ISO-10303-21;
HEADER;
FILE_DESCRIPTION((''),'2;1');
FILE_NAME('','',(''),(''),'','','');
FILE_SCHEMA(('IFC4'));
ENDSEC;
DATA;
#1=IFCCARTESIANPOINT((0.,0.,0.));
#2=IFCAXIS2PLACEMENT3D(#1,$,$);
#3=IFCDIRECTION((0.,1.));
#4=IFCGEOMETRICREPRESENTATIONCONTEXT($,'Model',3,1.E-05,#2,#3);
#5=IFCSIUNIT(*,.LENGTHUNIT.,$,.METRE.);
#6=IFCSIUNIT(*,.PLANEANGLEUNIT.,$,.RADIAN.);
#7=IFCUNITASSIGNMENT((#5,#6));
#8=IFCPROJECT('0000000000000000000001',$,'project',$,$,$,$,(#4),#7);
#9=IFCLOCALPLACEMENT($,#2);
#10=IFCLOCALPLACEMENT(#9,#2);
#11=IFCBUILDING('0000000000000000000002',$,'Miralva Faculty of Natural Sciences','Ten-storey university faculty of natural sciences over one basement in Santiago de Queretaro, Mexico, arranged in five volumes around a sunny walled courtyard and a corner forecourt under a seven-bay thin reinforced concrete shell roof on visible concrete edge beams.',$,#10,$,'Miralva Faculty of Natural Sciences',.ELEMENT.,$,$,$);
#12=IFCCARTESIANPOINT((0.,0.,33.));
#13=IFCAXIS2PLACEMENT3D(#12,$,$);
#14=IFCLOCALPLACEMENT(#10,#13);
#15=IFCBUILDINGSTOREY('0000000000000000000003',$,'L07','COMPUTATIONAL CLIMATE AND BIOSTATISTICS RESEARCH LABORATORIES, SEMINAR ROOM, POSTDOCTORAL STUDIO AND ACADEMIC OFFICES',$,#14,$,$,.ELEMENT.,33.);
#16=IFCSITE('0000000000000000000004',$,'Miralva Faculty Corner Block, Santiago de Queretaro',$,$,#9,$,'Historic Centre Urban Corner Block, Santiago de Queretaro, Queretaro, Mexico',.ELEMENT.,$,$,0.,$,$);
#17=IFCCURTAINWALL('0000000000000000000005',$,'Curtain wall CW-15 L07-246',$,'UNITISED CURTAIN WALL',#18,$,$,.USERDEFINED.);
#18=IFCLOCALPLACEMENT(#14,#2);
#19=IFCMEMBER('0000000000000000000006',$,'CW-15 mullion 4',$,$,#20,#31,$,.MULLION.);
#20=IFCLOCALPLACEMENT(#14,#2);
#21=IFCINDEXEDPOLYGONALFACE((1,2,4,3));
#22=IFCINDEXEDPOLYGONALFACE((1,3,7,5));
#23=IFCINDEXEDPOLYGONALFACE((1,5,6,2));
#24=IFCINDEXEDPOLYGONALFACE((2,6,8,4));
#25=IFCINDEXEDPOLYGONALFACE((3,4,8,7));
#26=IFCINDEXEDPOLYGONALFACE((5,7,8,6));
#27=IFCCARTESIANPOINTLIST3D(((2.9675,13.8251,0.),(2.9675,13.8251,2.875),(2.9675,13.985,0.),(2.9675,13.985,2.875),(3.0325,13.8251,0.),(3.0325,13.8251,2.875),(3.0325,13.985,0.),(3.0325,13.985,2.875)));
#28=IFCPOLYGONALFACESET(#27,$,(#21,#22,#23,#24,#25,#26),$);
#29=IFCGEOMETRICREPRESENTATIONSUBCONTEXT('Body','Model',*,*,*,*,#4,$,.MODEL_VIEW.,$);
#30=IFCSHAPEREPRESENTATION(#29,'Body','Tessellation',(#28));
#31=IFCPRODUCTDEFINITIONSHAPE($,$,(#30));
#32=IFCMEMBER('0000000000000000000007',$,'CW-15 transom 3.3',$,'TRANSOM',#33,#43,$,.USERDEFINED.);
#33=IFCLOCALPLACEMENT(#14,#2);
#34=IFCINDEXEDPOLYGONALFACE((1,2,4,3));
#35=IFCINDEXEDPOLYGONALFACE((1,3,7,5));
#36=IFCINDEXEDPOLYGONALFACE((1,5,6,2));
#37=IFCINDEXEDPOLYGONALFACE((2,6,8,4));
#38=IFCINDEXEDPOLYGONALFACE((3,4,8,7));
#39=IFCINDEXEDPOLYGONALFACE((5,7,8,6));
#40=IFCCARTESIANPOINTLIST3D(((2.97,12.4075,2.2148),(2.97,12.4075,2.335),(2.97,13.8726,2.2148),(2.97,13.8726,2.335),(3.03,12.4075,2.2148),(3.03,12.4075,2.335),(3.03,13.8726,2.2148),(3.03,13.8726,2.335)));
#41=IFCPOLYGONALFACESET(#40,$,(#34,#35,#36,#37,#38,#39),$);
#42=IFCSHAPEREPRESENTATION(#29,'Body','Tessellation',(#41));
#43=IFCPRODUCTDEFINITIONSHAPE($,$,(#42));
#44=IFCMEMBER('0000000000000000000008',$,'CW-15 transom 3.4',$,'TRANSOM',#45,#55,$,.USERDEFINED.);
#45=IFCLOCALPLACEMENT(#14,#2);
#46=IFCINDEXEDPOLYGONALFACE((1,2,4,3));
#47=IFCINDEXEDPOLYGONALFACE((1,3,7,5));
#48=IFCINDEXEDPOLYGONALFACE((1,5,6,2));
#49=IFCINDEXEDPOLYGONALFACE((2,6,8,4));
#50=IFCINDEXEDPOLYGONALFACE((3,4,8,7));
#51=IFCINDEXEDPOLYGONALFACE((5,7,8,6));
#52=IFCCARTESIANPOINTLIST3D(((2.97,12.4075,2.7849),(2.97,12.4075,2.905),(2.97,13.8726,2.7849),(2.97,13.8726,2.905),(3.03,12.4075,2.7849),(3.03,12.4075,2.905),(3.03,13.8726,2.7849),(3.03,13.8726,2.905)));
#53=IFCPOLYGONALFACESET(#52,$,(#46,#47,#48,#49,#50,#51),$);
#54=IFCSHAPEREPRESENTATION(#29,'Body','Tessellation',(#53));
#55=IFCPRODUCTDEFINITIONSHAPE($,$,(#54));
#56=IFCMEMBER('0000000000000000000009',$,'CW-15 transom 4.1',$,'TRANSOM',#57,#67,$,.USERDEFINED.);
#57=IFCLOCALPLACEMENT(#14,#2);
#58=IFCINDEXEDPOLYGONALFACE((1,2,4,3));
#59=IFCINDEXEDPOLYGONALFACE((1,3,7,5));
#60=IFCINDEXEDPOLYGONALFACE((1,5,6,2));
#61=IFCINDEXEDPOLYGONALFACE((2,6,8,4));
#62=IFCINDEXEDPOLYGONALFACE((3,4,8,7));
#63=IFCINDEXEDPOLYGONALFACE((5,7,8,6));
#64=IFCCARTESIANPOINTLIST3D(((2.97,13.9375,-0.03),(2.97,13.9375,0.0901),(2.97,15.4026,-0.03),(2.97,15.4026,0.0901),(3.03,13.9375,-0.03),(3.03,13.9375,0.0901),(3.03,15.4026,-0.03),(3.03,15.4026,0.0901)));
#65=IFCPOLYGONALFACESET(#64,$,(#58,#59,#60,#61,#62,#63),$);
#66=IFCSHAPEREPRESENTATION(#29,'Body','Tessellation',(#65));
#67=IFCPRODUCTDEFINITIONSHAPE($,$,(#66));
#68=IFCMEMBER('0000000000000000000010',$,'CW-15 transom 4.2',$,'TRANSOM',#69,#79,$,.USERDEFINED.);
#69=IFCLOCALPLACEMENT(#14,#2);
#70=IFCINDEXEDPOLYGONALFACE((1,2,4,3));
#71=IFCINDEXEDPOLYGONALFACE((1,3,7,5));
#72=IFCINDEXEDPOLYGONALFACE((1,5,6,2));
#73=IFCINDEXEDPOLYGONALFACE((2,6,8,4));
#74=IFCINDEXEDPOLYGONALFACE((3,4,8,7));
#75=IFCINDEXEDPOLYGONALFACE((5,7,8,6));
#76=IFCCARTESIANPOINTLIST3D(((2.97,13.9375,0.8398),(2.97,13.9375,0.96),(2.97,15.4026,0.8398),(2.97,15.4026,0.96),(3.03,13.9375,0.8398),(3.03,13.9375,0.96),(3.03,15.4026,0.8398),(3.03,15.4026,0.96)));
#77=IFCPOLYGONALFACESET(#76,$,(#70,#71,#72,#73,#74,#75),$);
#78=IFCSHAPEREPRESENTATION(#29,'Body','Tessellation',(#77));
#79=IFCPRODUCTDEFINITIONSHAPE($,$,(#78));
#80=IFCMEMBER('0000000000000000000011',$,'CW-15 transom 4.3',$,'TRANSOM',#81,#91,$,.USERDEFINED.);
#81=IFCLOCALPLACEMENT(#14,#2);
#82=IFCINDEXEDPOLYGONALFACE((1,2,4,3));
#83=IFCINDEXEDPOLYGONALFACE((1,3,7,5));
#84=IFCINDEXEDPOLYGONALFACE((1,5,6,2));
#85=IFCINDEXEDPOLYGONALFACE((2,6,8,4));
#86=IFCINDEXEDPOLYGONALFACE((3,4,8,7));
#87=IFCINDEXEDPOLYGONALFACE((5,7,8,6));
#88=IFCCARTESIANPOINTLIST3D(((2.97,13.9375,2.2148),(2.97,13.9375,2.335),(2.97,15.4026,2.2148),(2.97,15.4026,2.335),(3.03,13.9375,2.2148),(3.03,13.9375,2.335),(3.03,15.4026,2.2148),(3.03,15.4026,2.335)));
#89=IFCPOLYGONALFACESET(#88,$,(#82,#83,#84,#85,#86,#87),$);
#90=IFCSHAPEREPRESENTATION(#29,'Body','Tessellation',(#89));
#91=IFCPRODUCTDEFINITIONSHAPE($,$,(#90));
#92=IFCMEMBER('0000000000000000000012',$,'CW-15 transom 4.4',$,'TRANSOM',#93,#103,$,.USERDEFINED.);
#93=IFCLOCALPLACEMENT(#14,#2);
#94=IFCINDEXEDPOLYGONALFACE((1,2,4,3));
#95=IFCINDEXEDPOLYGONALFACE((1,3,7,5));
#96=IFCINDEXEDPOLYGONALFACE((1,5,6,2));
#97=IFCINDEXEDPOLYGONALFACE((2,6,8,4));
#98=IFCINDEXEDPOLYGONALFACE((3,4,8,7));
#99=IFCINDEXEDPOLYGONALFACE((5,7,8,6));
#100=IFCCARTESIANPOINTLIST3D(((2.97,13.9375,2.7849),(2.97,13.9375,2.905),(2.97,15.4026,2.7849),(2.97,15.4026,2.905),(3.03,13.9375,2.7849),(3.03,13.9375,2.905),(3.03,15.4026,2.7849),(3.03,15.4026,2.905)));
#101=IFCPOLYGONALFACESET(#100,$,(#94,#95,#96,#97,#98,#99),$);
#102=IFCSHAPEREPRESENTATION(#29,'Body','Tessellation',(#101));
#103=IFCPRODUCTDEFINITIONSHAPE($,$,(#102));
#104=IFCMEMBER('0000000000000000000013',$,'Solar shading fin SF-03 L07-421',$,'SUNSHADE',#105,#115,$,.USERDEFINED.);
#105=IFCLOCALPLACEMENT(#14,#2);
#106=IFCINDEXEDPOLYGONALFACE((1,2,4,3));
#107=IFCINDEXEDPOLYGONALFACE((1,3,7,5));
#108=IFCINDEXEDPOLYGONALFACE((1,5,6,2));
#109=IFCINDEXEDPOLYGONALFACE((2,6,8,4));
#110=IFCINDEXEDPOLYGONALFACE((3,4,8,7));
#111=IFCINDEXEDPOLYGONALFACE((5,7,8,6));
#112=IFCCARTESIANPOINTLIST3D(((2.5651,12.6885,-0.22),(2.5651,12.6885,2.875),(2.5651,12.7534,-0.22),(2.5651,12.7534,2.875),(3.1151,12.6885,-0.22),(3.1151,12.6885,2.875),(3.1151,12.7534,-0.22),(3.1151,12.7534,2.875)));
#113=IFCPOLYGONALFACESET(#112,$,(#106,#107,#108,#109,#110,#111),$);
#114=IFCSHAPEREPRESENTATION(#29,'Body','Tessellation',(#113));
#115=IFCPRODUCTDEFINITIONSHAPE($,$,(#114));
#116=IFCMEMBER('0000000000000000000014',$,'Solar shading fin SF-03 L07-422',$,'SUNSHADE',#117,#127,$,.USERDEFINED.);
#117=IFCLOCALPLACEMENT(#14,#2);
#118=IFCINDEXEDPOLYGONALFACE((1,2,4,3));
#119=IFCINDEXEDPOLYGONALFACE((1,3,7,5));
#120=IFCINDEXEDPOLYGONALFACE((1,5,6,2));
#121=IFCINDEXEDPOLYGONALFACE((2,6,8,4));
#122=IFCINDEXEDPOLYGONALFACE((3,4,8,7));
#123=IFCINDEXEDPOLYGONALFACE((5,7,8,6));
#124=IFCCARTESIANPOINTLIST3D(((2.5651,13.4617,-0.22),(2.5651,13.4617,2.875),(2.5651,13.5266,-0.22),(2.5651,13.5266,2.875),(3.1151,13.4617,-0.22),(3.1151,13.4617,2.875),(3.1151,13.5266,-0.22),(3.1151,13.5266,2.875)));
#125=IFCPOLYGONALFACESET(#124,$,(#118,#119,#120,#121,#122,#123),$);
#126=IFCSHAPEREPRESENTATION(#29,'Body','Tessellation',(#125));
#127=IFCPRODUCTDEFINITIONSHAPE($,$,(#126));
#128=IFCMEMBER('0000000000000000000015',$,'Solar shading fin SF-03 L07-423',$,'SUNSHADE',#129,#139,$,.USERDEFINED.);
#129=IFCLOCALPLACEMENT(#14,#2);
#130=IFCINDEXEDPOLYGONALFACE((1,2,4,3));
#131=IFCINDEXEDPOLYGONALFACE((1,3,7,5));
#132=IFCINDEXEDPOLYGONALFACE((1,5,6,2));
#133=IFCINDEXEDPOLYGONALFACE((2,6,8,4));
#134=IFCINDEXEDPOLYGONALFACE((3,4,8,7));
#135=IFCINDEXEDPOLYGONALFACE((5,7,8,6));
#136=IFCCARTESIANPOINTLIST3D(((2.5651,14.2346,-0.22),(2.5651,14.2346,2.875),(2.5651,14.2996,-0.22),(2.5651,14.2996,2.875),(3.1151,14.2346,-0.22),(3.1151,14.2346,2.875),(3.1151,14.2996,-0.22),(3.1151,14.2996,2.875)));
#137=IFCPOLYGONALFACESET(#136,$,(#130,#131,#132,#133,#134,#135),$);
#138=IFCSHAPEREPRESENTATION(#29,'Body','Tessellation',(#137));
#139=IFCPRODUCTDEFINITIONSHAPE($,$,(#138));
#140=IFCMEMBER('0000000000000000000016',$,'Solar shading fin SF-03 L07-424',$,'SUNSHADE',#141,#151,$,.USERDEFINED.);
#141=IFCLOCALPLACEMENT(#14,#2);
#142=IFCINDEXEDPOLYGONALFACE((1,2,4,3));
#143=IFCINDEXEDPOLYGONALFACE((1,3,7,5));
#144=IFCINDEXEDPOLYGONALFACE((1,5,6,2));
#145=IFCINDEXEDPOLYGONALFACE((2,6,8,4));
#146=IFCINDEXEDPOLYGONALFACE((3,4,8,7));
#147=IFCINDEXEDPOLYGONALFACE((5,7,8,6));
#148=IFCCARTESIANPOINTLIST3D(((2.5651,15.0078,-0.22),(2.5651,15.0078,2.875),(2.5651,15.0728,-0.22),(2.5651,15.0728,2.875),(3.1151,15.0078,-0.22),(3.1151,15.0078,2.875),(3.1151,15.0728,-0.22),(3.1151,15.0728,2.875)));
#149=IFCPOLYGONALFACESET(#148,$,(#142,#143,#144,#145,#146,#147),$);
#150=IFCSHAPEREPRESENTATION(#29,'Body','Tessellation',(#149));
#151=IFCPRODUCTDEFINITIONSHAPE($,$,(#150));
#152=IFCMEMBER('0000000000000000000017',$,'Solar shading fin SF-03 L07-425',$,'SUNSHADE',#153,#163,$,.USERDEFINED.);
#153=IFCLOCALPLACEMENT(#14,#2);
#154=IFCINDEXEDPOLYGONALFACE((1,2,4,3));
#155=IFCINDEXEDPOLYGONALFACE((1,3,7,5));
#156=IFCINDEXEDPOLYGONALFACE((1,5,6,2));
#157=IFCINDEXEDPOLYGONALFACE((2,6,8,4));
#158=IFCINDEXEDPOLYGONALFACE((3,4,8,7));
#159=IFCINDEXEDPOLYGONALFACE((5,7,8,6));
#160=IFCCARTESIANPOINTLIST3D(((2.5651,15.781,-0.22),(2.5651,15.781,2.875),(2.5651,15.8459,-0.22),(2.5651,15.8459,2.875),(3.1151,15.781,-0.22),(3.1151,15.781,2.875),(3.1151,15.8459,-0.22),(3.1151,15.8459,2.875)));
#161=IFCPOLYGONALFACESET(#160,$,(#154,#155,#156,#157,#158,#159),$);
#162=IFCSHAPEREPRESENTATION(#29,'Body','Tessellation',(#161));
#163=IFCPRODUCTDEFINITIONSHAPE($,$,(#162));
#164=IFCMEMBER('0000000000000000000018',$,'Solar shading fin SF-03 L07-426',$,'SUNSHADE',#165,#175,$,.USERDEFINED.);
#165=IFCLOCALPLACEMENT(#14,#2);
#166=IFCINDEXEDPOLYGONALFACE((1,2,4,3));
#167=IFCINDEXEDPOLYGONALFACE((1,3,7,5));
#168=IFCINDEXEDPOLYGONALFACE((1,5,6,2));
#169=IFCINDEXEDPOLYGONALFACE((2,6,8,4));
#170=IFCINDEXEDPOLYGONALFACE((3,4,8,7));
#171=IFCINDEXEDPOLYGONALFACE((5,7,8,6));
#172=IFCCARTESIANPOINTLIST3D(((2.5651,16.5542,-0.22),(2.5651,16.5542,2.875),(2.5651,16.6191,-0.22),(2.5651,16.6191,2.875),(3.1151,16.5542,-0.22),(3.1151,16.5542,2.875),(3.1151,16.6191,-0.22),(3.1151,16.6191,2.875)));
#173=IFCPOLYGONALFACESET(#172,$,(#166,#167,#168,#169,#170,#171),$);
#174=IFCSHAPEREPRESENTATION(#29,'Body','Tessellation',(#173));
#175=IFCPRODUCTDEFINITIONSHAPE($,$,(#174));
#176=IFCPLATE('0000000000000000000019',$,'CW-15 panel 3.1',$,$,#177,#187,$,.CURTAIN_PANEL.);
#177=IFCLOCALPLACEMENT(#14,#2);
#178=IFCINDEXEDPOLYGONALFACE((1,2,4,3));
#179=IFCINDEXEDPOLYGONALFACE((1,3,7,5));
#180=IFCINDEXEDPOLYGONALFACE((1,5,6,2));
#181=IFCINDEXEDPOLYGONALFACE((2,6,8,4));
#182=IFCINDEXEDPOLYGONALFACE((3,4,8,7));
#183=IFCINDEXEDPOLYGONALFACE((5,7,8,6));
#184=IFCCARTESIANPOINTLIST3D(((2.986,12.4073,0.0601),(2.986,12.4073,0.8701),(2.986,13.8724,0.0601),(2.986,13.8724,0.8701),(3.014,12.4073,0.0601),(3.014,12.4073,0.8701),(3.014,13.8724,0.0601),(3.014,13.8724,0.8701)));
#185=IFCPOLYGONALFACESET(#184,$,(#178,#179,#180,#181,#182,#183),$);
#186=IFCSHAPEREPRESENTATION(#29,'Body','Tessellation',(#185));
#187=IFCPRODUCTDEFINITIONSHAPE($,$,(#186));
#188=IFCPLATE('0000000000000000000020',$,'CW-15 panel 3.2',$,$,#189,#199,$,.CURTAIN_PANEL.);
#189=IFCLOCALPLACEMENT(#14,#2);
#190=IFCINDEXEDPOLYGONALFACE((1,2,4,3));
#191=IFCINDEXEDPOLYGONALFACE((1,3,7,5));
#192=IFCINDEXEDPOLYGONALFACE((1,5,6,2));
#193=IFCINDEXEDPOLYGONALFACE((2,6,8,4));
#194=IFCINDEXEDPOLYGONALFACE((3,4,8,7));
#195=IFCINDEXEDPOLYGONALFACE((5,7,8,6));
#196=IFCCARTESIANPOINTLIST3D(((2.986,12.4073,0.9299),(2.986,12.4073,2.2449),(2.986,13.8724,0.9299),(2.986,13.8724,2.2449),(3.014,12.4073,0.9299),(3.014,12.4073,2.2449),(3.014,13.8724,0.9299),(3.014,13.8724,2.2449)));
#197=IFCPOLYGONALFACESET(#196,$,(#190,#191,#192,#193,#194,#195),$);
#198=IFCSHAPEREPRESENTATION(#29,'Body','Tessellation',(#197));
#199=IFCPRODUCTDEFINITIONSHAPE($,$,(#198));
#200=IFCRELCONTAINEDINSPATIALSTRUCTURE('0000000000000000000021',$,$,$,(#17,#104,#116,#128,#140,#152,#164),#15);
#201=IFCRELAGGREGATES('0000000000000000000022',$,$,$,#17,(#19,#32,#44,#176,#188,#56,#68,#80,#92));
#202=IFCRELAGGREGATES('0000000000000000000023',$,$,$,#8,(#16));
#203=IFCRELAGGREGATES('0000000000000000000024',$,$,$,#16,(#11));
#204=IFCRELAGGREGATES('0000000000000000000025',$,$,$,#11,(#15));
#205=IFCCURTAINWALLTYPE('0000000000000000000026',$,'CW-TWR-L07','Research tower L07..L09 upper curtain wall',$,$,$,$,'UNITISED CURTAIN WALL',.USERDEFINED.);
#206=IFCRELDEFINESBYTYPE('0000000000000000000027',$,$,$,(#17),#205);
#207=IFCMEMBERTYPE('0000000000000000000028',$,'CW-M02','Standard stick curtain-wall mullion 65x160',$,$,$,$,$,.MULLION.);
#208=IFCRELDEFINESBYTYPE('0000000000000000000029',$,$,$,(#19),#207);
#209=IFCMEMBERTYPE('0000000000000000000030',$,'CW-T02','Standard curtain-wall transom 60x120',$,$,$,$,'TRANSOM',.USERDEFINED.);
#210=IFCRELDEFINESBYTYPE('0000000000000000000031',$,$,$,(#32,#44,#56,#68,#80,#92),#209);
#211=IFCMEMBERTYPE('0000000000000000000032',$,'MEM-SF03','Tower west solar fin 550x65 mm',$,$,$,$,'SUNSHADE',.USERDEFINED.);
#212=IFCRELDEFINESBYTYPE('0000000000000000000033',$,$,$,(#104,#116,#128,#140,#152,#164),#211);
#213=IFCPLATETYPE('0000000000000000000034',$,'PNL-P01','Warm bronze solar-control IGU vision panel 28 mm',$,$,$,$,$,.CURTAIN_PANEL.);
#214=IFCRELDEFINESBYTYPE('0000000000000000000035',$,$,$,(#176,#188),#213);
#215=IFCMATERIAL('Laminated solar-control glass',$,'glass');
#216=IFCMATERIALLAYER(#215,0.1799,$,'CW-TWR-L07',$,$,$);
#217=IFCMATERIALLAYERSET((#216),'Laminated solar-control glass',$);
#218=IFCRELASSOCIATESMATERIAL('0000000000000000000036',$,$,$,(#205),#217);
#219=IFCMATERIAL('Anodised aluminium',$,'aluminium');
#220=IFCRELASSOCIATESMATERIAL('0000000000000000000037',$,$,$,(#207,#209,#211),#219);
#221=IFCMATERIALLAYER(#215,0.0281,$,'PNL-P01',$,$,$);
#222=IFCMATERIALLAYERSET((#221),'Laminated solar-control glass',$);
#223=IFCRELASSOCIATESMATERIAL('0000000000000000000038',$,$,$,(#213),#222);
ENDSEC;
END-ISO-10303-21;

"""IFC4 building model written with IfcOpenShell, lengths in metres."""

from ifc_helpers import new_model, si_unit, direction, frame, origin, origin_2d, place, context, subcontext, project, spatial, rectangle, extrude, material, layer, layer_set, material_profile, profile_set, type_object, element, aggregate, save


model = new_model("IFC4")

# Units and contexts
model_context = context("Model", 3, precision=1e-05, world=origin(), true_north=direction((0.0, 1.0)))
body_context = subcontext(model_context, "Body", "Model", "MODEL_VIEW")
ifc_project = project(units=[si_unit("LENGTHUNIT", "METRE"), si_unit("PLANEANGLEUNIT", "RADIAN")], contexts=[model_context])

# Site, building, storey
site_placement = place(None, origin())
site = spatial("IfcSite", under=ifc_project, at=site_placement, Name="Miralva Faculty Corner Block, Santiago de Queretaro", LongName="Historic Centre Urban Corner Block, Santiago de Queretaro, Queretaro, Mexico", CompositionType="ELEMENT", RefElevation=0.0)
building_placement = place(site_placement, origin())
building = spatial("IfcBuilding", under=site, at=building_placement, Name="Miralva Faculty of Natural Sciences", Description="Ten-storey university faculty of natural sciences over one basement in Santiago de Queretaro, Mexico, arranged in five volumes around a sunny walled courtyard and a corner forecourt under a seven-bay thin reinforced concrete shell roof on visible concrete edge beams.", LongName="Miralva Faculty of Natural Sciences", CompositionType="ELEMENT")
storey_placement = place(building_placement, frame((0.0, 0.0, 33.0)))
storey = spatial("IfcBuildingStorey", under=building, at=storey_placement, Name="L07", Description="COMPUTATIONAL CLIMATE AND BIOSTATISTICS RESEARCH LABORATORIES, SEMINAR ROOM, POSTDOCTORAL STUDIO AND ACADEMIC OFFICES", CompositionType="ELEMENT", Elevation=33.0)

# Curtain wall, members
ifc_material_1 = material(Name="Laminated solar-control glass", Category="glass")
ifc_layer_1 = layer(ifc_material_1, 0.1799, Name="CW-TWR-L07")
ifc_layer_set_1 = layer_set([ifc_layer_1], Name="Laminated solar-control glass")
curtain_wall_type = type_object("IfcCurtainWallType", Name="CW-TWR-L07", Description="Research tower L07..L09 upper curtain wall", ElementType="UNITISED CURTAIN WALL", PredefinedType="USERDEFINED", material=ifc_layer_set_1)
curtain_wall_placement = place(storey_placement, origin())
curtain_wall = element("IfcCurtainWall", 1, at=curtain_wall_placement, inside=storey, type_object=curtain_wall_type, Name="Curtain wall CW-15 L07-246", ObjectType="UNITISED CURTAIN WALL", PredefinedType="USERDEFINED")
ifc_material_2 = material(Name="Anodised aluminium", Category="aluminium")
ifc_material_profile_1 = material_profile(ifc_material_2, rectangle(XDim=0.0649, YDim=0.1599, at=origin_2d()), Name="MULLION 65x160")
ifc_profile_set_1 = profile_set([ifc_material_profile_1], Name="Anodised aluminium")
member_type_1 = type_object("IfcMemberType", Name="CW-M02", Description="Standard stick curtain-wall mullion 65x160", PredefinedType="MULLION", material=ifc_profile_set_1)
member_1_placement = place(storey_placement, frame((3.0, 13.905, 0.0), z_axis=(0.0, 0.0, 1.0), x_axis=(-1.0, 0.0, 0.0)))
member_1 = element("IfcMember", 2, at=member_1_placement, type_object=member_type_1, Name="CW-15 mullion 4", PredefinedType="MULLION", context=body_context, shape_type="SweptSolid", body=[
    extrude(rectangle(XDim=0.0649, YDim=0.1599, at=origin_2d()), origin(), (0.0, 0.0, 1.0), 2.875),
])
ifc_material_profile_2 = material_profile(ifc_material_2, rectangle(XDim=0.0601, YDim=0.1201, at=origin_2d()), Name="TRANSOM 60x120")
ifc_profile_set_2 = profile_set([ifc_material_profile_2], Name="Anodised aluminium")
member_type_2 = type_object("IfcMemberType", Name="CW-T02", Description="Standard curtain-wall transom 60x120", ElementType="TRANSOM", PredefinedType="USERDEFINED", material=ifc_profile_set_2)
member_2_placement = place(storey_placement, frame((3.0, 12.4075, 2.2749), z_axis=(0.0, 1.0, 0.0), x_axis=(-1.0, 0.0, 0.0)))
member_2 = element("IfcMember", 3, at=member_2_placement, type_object=member_type_2, Name="CW-15 transom 3.3", ObjectType="TRANSOM", PredefinedType="USERDEFINED", context=body_context, shape_type="SweptSolid", body=[
    extrude(rectangle(XDim=0.0601, YDim=0.1201, at=origin_2d()), origin(), (0.0, 0.0, 1.0), 1.4651),
])
member_3_placement = place(storey_placement, frame((3.0, 12.4075, 2.845), z_axis=(0.0, 1.0, 0.0), x_axis=(-1.0, 0.0, 0.0)))
member_3 = element("IfcMember", 4, at=member_3_placement, type_object=member_type_2, Name="CW-15 transom 3.4", ObjectType="TRANSOM", PredefinedType="USERDEFINED", context=body_context, shape_type="SweptSolid", body=[
    extrude(rectangle(XDim=0.0601, YDim=0.1201, at=origin_2d()), origin(), (0.0, 0.0, 1.0), 1.4651),
])
member_4_placement = place(storey_placement, frame((3.0, 13.9375, 0.03), z_axis=(0.0, 1.0, 0.0), x_axis=(-1.0, 0.0, 0.0)))
member_4 = element("IfcMember", 5, at=member_4_placement, type_object=member_type_2, Name="CW-15 transom 4.1", ObjectType="TRANSOM", PredefinedType="USERDEFINED", context=body_context, shape_type="SweptSolid", body=[
    extrude(rectangle(XDim=0.0601, YDim=0.1201, at=origin_2d()), origin(), (0.0, 0.0, 1.0), 1.4651),
])
member_5_placement = place(storey_placement, frame((3.0, 13.9375, 0.8999), z_axis=(0.0, 1.0, 0.0), x_axis=(-1.0, 0.0, 0.0)))
member_5 = element("IfcMember", 6, at=member_5_placement, type_object=member_type_2, Name="CW-15 transom 4.2", ObjectType="TRANSOM", PredefinedType="USERDEFINED", context=body_context, shape_type="SweptSolid", body=[
    extrude(rectangle(XDim=0.0601, YDim=0.1201, at=origin_2d()), origin(), (0.0, 0.0, 1.0), 1.4651),
])
member_6_placement = place(storey_placement, frame((3.0, 13.9375, 2.2749), z_axis=(0.0, 1.0, 0.0), x_axis=(-1.0, 0.0, 0.0)))
member_6 = element("IfcMember", 7, at=member_6_placement, type_object=member_type_2, Name="CW-15 transom 4.3", ObjectType="TRANSOM", PredefinedType="USERDEFINED", context=body_context, shape_type="SweptSolid", body=[
    extrude(rectangle(XDim=0.0601, YDim=0.1201, at=origin_2d()), origin(), (0.0, 0.0, 1.0), 1.4651),
])
member_7_placement = place(storey_placement, frame((3.0, 13.9375, 2.845), z_axis=(0.0, 1.0, 0.0), x_axis=(-1.0, 0.0, 0.0)))
member_7 = element("IfcMember", 8, at=member_7_placement, type_object=member_type_2, Name="CW-15 transom 4.4", ObjectType="TRANSOM", PredefinedType="USERDEFINED", context=body_context, shape_type="SweptSolid", body=[
    extrude(rectangle(XDim=0.0601, YDim=0.1201, at=origin_2d()), origin(), (0.0, 0.0, 1.0), 1.4651),
])

# Members
ifc_material_profile_3 = material_profile(ifc_material_2, rectangle(XDim=0.0649, YDim=0.55, at=origin_2d()), Name="FIN 550x65")
ifc_profile_set_3 = profile_set([ifc_material_profile_3], Name="Anodised aluminium")
member_type_3 = type_object("IfcMemberType", Name="MEM-SF03", Description="Tower west solar fin 550x65 mm", ElementType="SUNSHADE", PredefinedType="USERDEFINED", material=ifc_profile_set_3)
for number, where, z_axis, x_axis, name in (
    (9, (2.8401, 12.7209, -0.22), (0.0, 0.0, 1.0), (0.0, -1.0, 0.0), "Solar shading fin SF-03 L07-421"),
    (10, (2.8401, 13.4941, -0.22), (0.0, 0.0, 1.0), (0.0, -1.0, 0.0), "Solar shading fin SF-03 L07-422"),
    (11, (2.8401, 14.2671, -0.22), (0.0, 0.0, 1.0), (0.0, -1.0, 0.0), "Solar shading fin SF-03 L07-423"),
    (12, (2.8401, 15.0403, -0.22), (0.0, 0.0, 1.0), (0.0, -1.0, 0.0), "Solar shading fin SF-03 L07-424"),
    (13, (2.8401, 15.8135, -0.22), (0.0, 0.0, 1.0), (0.0, -1.0, 0.0), "Solar shading fin SF-03 L07-425"),
    (14, (2.8401, 16.5867, -0.22), (0.0, 0.0, 1.0), (0.0, -1.0, 0.0), "Solar shading fin SF-03 L07-426"),
):
    element("IfcMember", number, at=place(storey_placement, frame(where, z_axis=z_axis, x_axis=x_axis)), inside=storey, type_object=member_type_3, Name=name, ObjectType="SUNSHADE", PredefinedType="USERDEFINED", context=body_context, shape_type="SweptSolid", body=[
        extrude(rectangle(XDim=0.0649, YDim=0.55, at=origin_2d()), origin(), (0.0, 0.0, 1.0), 3.095),
    ])

# Plates
ifc_layer_2 = layer(ifc_material_1, 0.0281, Name="PNL-P01")
ifc_layer_set_2 = layer_set([ifc_layer_2], Name="Laminated solar-control glass")
plate_type = type_object("IfcPlateType", Name="PNL-P01", Description="Warm bronze solar-control IGU vision panel 28 mm", PredefinedType="CURTAIN_PANEL", material=ifc_layer_set_2)
plate_1_placement = place(storey_placement, frame((3.0, 13.1399, 0.0601), z_axis=(0.0, 0.0, 1.0), x_axis=(0.0, 1.0, 0.0)))
plate_1 = element("IfcPlate", 15, at=plate_1_placement, type_object=plate_type, Name="CW-15 panel 3.1", PredefinedType="CURTAIN_PANEL", context=body_context, shape_type="SweptSolid", body=[
    extrude(rectangle(XDim=1.4651, YDim=0.0281, at=origin_2d()), origin(), (0.0, 0.0, 1.0), 0.8101),
])
plate_2_placement = place(storey_placement, frame((3.0, 13.1399, 0.9299), z_axis=(0.0, 0.0, 1.0), x_axis=(0.0, 1.0, 0.0)))
plate_2 = element("IfcPlate", 16, at=plate_2_placement, type_object=plate_type, Name="CW-15 panel 3.2", PredefinedType="CURTAIN_PANEL", context=body_context, shape_type="SweptSolid", body=[
    extrude(rectangle(XDim=1.4651, YDim=0.0281, at=origin_2d()), origin(), (0.0, 0.0, 1.0), 1.3149),
])
aggregate(curtain_wall, [member_1, member_2, member_3, plate_1, plate_2, member_4, member_5, member_6, member_7])

save(model, "model.ifc")
